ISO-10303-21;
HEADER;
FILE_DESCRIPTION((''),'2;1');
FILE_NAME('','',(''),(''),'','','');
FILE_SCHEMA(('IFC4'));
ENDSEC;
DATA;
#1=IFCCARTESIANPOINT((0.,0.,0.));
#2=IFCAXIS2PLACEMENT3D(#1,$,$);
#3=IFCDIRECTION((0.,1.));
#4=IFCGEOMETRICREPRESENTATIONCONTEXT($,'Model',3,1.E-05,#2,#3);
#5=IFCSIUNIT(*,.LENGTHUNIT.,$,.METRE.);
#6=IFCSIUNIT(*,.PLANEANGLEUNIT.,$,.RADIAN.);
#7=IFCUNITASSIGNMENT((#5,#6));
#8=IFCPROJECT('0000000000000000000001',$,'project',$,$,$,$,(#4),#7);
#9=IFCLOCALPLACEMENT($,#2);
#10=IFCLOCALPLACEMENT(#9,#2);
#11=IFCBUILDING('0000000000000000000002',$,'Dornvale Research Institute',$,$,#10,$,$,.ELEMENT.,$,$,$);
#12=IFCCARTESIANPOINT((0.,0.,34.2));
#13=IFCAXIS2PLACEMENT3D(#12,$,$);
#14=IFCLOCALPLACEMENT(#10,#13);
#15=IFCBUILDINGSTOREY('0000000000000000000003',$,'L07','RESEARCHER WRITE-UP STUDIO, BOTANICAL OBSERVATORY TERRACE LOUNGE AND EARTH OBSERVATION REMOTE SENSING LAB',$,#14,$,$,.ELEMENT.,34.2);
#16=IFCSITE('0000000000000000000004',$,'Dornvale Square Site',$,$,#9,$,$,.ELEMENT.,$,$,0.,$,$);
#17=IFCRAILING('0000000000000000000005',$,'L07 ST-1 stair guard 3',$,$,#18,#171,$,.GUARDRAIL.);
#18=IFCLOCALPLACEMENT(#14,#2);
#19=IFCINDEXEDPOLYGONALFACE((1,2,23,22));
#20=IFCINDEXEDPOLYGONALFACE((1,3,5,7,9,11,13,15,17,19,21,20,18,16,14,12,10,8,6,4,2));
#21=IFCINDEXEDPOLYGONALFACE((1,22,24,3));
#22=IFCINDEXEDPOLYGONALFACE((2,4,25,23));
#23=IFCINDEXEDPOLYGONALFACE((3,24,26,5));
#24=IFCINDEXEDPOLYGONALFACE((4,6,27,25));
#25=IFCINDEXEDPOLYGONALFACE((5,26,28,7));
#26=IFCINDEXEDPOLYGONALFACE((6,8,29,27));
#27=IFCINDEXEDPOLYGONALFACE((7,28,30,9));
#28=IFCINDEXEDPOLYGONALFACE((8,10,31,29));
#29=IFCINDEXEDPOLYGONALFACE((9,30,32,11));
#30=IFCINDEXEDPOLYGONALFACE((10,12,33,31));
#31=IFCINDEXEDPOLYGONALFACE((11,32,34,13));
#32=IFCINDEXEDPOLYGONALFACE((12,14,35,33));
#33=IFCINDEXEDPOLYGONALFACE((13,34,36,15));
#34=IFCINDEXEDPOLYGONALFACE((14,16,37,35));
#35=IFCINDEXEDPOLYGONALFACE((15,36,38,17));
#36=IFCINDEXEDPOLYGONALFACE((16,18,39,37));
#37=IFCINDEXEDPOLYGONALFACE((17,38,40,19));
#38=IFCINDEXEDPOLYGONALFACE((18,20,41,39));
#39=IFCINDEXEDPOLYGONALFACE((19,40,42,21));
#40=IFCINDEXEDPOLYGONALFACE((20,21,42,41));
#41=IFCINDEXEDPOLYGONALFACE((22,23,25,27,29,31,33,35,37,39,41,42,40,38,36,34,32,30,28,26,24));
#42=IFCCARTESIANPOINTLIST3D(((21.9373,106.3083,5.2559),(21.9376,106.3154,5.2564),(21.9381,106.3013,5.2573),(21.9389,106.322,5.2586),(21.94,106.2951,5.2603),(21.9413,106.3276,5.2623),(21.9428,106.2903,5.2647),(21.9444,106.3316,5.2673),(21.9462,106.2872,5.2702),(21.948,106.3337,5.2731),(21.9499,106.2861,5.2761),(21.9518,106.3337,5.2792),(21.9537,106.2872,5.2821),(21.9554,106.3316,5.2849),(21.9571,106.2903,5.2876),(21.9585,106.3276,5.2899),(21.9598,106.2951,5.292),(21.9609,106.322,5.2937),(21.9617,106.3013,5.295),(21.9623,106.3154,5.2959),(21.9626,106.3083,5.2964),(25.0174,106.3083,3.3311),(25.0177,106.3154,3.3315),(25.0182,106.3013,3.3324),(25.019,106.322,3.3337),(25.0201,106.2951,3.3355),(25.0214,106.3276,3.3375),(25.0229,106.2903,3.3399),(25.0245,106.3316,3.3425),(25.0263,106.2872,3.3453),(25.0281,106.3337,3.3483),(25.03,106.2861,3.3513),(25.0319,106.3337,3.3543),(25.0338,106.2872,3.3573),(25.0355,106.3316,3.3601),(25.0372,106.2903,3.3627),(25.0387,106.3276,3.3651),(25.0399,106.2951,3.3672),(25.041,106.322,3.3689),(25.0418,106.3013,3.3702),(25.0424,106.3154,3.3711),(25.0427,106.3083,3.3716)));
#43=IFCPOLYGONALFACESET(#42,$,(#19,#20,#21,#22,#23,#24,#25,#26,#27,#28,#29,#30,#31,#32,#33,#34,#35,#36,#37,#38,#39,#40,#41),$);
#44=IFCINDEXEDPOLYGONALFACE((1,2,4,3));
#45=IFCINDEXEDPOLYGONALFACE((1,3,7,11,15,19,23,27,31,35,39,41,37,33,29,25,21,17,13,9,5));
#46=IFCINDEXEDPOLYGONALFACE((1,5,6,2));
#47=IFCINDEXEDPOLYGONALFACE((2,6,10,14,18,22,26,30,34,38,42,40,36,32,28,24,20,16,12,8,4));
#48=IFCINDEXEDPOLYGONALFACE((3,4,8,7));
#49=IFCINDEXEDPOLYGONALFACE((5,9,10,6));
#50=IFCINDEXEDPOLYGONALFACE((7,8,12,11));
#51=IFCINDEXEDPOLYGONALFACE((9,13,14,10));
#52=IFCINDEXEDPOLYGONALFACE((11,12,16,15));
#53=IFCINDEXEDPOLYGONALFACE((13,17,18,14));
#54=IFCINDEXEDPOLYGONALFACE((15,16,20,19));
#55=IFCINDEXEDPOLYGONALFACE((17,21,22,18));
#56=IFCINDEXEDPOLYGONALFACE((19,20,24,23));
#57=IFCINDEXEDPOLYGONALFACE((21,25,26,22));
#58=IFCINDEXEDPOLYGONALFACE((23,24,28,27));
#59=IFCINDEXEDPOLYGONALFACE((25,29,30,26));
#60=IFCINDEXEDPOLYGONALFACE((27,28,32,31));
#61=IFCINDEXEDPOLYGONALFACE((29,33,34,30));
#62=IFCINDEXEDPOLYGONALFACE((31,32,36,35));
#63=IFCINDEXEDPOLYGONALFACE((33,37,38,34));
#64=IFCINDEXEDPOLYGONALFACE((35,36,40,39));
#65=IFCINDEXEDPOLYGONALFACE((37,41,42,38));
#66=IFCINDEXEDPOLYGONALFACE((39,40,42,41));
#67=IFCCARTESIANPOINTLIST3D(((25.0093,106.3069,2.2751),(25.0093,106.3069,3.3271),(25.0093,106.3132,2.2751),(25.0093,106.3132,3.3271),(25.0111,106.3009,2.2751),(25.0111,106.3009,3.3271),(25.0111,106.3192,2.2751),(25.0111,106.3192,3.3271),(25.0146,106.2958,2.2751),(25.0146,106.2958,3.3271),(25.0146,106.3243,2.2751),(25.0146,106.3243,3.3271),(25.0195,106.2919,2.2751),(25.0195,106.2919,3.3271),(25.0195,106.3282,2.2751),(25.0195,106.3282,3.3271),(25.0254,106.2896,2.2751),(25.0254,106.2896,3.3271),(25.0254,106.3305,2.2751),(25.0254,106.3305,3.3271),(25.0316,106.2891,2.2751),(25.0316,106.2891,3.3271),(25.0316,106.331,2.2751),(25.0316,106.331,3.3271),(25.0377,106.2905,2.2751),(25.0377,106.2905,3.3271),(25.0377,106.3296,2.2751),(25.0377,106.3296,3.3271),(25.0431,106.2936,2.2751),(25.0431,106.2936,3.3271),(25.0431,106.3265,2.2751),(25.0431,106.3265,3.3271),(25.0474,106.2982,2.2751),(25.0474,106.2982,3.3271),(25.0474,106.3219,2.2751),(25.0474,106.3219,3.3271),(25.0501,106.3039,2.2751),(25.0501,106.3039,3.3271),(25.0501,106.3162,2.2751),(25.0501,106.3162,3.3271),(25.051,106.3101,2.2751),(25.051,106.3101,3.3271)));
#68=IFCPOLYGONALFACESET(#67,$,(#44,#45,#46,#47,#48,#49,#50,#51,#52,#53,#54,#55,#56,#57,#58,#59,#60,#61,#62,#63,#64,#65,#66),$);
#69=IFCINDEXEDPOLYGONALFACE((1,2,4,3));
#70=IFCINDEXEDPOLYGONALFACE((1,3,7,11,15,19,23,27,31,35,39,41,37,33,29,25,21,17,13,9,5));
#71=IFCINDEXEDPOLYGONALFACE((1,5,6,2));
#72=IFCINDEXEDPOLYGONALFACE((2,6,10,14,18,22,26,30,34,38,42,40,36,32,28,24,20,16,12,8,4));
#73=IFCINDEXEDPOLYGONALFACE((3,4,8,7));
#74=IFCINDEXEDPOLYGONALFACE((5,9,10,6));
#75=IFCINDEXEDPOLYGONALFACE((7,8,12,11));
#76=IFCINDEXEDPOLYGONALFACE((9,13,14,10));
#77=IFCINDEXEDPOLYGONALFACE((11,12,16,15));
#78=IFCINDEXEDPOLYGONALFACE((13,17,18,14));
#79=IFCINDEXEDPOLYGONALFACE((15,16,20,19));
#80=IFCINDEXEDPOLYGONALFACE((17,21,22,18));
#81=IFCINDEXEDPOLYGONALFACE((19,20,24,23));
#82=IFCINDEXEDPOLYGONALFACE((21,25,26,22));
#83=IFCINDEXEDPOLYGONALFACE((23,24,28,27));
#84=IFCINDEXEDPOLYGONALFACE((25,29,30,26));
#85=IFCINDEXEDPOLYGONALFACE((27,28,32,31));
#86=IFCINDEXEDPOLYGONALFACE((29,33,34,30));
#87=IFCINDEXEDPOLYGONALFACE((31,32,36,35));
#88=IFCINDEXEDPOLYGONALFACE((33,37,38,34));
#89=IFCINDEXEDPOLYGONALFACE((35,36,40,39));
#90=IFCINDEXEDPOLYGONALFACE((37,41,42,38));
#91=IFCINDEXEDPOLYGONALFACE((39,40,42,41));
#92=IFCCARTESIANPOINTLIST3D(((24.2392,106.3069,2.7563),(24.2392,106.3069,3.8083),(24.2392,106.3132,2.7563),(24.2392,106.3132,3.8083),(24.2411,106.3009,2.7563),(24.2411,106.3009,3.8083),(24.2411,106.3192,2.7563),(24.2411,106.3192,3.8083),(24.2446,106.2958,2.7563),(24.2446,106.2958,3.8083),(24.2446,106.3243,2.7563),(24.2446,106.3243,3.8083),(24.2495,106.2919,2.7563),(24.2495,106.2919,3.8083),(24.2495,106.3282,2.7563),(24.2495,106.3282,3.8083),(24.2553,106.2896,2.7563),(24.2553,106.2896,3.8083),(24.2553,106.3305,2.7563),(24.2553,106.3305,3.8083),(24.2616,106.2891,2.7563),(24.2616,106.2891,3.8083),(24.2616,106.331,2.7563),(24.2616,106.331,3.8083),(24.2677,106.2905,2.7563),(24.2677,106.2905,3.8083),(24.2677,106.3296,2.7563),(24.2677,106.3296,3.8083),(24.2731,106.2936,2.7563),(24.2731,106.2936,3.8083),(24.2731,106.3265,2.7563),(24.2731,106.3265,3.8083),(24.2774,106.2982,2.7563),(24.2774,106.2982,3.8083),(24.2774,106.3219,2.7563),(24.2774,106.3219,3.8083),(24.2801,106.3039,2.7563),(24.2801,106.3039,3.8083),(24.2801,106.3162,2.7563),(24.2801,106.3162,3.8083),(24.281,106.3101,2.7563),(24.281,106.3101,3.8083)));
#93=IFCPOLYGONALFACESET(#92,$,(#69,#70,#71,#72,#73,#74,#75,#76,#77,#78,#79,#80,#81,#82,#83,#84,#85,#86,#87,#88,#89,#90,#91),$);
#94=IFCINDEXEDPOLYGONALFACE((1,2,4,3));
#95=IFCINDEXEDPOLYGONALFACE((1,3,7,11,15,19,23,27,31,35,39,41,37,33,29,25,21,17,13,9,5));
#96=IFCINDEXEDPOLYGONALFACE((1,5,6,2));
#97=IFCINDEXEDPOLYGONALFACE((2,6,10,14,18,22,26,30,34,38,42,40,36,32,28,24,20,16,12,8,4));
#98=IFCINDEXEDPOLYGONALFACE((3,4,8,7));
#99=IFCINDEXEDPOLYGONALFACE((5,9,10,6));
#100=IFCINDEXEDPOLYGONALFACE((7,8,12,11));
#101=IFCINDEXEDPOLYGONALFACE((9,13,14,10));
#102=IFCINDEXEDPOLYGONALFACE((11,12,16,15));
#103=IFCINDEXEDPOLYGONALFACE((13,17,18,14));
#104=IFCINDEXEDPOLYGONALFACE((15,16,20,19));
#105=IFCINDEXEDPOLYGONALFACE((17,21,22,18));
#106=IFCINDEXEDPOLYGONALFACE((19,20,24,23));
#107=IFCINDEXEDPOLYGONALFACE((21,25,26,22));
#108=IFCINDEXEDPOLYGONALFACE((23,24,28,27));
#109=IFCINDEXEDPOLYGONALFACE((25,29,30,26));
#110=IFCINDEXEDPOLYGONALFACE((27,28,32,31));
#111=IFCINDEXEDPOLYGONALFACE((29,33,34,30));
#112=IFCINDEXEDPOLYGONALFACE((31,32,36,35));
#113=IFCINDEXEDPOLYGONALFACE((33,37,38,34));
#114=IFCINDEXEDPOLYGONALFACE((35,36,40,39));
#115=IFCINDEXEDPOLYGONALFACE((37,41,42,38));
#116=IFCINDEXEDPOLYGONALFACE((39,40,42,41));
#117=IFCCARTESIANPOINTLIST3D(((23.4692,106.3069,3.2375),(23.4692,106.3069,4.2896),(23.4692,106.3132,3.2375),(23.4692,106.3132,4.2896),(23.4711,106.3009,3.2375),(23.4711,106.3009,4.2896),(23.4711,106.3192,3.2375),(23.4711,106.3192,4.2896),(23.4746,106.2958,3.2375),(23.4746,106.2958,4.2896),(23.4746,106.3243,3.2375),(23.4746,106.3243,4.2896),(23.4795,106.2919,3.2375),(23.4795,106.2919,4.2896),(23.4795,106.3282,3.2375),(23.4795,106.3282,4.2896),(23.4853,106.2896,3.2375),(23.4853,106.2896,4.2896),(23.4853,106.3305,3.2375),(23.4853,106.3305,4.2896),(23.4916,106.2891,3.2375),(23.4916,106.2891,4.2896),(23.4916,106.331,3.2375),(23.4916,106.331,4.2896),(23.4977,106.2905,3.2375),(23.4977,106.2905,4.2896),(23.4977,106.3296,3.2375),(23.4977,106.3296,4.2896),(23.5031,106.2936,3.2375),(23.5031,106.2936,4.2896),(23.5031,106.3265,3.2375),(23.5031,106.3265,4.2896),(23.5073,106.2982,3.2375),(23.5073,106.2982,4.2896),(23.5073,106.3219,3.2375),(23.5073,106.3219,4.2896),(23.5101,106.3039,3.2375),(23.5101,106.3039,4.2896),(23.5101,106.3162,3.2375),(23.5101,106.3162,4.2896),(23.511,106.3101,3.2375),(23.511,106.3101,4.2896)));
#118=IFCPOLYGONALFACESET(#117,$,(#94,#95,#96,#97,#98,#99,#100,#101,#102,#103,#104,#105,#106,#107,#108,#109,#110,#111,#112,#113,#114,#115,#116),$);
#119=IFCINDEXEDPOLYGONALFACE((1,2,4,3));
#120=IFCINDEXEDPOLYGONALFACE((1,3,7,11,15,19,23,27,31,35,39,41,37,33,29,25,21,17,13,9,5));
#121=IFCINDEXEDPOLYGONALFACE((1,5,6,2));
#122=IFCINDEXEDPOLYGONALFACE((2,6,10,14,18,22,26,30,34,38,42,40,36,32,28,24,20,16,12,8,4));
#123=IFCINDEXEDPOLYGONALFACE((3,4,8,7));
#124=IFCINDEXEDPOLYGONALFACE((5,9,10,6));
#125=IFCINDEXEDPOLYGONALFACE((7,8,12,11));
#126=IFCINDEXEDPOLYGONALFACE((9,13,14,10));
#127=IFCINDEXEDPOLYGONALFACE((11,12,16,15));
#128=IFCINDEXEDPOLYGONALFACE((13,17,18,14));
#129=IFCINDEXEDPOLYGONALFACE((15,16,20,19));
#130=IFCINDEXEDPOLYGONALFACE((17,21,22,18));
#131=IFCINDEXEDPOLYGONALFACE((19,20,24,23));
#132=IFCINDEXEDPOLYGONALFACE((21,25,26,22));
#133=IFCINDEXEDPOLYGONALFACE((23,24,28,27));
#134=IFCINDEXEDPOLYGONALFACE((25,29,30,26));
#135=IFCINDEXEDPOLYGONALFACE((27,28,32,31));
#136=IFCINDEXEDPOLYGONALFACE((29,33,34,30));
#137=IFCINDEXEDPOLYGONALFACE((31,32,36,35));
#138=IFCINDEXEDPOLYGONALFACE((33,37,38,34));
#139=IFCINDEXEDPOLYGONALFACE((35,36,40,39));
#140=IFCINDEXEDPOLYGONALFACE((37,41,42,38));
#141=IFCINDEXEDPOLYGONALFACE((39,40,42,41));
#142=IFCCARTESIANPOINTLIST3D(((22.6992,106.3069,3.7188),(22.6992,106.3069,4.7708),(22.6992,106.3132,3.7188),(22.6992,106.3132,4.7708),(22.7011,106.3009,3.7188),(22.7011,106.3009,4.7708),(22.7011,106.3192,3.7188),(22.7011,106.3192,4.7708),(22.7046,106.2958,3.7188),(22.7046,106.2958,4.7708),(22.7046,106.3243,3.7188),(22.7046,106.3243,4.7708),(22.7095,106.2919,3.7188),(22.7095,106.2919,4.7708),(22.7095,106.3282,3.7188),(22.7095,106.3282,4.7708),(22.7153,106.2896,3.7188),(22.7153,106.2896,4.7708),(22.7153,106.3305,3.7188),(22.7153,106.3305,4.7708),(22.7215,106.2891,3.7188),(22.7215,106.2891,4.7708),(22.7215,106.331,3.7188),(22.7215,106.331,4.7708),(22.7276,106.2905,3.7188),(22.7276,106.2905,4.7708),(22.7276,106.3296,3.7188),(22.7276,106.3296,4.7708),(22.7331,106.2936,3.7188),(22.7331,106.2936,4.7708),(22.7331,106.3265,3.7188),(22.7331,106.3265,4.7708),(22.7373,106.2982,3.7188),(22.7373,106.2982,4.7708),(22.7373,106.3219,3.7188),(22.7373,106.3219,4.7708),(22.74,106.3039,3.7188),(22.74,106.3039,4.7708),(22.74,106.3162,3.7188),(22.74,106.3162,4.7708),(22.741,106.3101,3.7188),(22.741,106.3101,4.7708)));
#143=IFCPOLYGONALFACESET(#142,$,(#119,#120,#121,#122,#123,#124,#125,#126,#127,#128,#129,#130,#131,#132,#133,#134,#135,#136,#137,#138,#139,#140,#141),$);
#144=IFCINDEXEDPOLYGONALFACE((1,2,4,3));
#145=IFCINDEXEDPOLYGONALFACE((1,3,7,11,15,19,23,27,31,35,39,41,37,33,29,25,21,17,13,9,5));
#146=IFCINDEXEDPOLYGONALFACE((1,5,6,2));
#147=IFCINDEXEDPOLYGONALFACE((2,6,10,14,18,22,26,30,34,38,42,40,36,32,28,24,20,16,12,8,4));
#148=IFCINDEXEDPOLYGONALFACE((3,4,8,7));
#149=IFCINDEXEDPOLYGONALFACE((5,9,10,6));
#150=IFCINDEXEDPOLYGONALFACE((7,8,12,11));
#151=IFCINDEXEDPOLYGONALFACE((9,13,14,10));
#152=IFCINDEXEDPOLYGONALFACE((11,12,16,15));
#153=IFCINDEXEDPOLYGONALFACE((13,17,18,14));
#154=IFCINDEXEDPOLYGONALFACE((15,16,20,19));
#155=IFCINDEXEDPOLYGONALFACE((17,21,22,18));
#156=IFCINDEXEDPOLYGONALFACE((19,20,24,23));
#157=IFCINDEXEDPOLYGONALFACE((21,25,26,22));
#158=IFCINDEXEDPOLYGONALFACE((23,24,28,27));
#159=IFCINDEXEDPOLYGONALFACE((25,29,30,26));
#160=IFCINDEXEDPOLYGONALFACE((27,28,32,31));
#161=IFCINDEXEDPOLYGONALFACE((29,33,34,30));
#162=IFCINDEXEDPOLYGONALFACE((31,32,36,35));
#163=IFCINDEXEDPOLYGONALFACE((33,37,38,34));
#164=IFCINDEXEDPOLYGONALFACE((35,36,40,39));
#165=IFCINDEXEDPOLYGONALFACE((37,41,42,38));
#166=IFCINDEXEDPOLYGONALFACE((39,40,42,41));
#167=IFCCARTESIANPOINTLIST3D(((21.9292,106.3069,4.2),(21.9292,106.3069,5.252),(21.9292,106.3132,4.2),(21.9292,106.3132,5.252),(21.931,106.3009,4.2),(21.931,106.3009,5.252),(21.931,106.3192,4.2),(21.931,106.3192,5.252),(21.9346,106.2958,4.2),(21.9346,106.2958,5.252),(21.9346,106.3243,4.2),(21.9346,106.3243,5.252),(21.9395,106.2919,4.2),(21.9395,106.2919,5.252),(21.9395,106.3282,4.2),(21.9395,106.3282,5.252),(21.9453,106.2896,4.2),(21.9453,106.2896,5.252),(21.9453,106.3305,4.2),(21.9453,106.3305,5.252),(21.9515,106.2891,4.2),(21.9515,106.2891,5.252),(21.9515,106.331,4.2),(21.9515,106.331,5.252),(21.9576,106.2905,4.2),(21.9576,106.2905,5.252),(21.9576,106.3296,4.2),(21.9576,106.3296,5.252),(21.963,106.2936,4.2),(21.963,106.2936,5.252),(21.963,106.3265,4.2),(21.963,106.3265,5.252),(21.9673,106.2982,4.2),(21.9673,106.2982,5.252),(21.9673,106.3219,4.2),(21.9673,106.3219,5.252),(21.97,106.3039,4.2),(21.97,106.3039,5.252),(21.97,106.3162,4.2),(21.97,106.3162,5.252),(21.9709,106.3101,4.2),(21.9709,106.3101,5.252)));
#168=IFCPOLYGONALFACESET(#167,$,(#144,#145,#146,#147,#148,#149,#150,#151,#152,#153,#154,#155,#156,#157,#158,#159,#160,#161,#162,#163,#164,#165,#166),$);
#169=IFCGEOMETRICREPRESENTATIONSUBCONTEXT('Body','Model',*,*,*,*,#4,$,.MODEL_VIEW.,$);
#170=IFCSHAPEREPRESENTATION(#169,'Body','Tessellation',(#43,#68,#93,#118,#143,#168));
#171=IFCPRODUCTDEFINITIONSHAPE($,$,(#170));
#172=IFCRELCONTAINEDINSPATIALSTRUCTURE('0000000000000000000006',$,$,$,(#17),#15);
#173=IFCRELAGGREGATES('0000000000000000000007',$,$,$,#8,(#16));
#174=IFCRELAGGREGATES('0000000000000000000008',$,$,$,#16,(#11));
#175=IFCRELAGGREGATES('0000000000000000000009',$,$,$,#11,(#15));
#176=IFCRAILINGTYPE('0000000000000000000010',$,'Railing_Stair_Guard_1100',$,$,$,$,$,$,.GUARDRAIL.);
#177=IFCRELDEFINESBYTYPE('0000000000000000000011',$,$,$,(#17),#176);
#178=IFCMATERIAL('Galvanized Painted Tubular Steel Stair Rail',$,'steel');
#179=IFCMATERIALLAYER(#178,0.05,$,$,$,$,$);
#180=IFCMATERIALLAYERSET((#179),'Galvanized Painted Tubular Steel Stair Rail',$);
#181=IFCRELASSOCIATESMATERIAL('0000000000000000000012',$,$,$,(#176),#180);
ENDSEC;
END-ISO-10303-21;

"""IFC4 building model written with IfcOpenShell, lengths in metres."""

from ifc_helpers import new_model, si_unit, direction, frame, origin, origin_2d, place, context, subcontext, project, spatial, circle, extrude, material, layer, layer_set, type_object, element, save


model = new_model("IFC4")

# Units and contexts
model_context = context("Model", 3, precision=1e-05, world=origin(), true_north=direction((0.0, 1.0)))
body_context = subcontext(model_context, "Body", "Model", "MODEL_VIEW")
ifc_project = project(units=[si_unit("LENGTHUNIT", "METRE"), si_unit("PLANEANGLEUNIT", "RADIAN")], contexts=[model_context])

# Site, building, storey
site_placement = place(None, origin())
site = spatial("IfcSite", under=ifc_project, at=site_placement, Name="Dornvale Square Site", CompositionType="ELEMENT", RefElevation=0.0)
building_placement = place(site_placement, origin())
building = spatial("IfcBuilding", under=site, at=building_placement, Name="Dornvale Research Institute", CompositionType="ELEMENT")
storey_placement = place(building_placement, frame((0.0, 0.0, 34.2)))
storey = spatial("IfcBuildingStorey", under=building, at=storey_placement, Name="L07", Description="RESEARCHER WRITE-UP STUDIO, BOTANICAL OBSERVATORY TERRACE LOUNGE AND EARTH OBSERVATION REMOTE SENSING LAB", CompositionType="ELEMENT", Elevation=34.2)

# Railing
ifc_material_1 = material(Name="Galvanized Painted Tubular Steel Stair Rail", Category="steel")
ifc_layer_1 = layer(ifc_material_1, 0.05)
ifc_layer_set_1 = layer_set([ifc_layer_1], Name="Galvanized Painted Tubular Steel Stair Rail")
railing_type_1 = type_object("IfcRailingType", Name="Railing_Stair_Guard_1100", PredefinedType="GUARDRAIL", material=ifc_layer_set_1)
railing_1_placement = place(storey_placement, frame((25.03, 106.3101, 2.2751)))
element("IfcRailing", 1, at=railing_1_placement, inside=storey, type_object=railing_type_1, Name="L07 ST-1 stair guard 3", PredefinedType="GUARDRAIL", context=body_context, shape_type="SweptSolid", body=[
    extrude(circle(Radius=0.0239, at=origin_2d()), frame((0.0, 0.0, 1.0762), z_axis=(-0.848029, 0.0, 0.529951), x_axis=(0.0, -1.0, 0.0)), (0.0, 0.0, 1.0), 3.6321),
    extrude(circle(Radius=0.021, at=origin_2d()), origin(), (0.0, 0.0, 1.0), 1.052),
    extrude(circle(Radius=0.021, at=origin_2d()), frame((-0.77, 0.0, 0.4812)), (0.0, 0.0, 1.0), 1.052),
    extrude(circle(Radius=0.021, at=origin_2d()), frame((-1.54, 0.0, 0.9624)), (0.0, 0.0, 1.0), 1.052),
    extrude(circle(Radius=0.021, at=origin_2d()), frame((-2.3101, 0.0, 1.4436)), (0.0, 0.0, 1.0), 1.052),
    extrude(circle(Radius=0.021, at=origin_2d()), frame((-3.0801, 0.0, 1.9248)), (0.0, 0.0, 1.0), 1.052),
])

save(model, "model.ifc")
